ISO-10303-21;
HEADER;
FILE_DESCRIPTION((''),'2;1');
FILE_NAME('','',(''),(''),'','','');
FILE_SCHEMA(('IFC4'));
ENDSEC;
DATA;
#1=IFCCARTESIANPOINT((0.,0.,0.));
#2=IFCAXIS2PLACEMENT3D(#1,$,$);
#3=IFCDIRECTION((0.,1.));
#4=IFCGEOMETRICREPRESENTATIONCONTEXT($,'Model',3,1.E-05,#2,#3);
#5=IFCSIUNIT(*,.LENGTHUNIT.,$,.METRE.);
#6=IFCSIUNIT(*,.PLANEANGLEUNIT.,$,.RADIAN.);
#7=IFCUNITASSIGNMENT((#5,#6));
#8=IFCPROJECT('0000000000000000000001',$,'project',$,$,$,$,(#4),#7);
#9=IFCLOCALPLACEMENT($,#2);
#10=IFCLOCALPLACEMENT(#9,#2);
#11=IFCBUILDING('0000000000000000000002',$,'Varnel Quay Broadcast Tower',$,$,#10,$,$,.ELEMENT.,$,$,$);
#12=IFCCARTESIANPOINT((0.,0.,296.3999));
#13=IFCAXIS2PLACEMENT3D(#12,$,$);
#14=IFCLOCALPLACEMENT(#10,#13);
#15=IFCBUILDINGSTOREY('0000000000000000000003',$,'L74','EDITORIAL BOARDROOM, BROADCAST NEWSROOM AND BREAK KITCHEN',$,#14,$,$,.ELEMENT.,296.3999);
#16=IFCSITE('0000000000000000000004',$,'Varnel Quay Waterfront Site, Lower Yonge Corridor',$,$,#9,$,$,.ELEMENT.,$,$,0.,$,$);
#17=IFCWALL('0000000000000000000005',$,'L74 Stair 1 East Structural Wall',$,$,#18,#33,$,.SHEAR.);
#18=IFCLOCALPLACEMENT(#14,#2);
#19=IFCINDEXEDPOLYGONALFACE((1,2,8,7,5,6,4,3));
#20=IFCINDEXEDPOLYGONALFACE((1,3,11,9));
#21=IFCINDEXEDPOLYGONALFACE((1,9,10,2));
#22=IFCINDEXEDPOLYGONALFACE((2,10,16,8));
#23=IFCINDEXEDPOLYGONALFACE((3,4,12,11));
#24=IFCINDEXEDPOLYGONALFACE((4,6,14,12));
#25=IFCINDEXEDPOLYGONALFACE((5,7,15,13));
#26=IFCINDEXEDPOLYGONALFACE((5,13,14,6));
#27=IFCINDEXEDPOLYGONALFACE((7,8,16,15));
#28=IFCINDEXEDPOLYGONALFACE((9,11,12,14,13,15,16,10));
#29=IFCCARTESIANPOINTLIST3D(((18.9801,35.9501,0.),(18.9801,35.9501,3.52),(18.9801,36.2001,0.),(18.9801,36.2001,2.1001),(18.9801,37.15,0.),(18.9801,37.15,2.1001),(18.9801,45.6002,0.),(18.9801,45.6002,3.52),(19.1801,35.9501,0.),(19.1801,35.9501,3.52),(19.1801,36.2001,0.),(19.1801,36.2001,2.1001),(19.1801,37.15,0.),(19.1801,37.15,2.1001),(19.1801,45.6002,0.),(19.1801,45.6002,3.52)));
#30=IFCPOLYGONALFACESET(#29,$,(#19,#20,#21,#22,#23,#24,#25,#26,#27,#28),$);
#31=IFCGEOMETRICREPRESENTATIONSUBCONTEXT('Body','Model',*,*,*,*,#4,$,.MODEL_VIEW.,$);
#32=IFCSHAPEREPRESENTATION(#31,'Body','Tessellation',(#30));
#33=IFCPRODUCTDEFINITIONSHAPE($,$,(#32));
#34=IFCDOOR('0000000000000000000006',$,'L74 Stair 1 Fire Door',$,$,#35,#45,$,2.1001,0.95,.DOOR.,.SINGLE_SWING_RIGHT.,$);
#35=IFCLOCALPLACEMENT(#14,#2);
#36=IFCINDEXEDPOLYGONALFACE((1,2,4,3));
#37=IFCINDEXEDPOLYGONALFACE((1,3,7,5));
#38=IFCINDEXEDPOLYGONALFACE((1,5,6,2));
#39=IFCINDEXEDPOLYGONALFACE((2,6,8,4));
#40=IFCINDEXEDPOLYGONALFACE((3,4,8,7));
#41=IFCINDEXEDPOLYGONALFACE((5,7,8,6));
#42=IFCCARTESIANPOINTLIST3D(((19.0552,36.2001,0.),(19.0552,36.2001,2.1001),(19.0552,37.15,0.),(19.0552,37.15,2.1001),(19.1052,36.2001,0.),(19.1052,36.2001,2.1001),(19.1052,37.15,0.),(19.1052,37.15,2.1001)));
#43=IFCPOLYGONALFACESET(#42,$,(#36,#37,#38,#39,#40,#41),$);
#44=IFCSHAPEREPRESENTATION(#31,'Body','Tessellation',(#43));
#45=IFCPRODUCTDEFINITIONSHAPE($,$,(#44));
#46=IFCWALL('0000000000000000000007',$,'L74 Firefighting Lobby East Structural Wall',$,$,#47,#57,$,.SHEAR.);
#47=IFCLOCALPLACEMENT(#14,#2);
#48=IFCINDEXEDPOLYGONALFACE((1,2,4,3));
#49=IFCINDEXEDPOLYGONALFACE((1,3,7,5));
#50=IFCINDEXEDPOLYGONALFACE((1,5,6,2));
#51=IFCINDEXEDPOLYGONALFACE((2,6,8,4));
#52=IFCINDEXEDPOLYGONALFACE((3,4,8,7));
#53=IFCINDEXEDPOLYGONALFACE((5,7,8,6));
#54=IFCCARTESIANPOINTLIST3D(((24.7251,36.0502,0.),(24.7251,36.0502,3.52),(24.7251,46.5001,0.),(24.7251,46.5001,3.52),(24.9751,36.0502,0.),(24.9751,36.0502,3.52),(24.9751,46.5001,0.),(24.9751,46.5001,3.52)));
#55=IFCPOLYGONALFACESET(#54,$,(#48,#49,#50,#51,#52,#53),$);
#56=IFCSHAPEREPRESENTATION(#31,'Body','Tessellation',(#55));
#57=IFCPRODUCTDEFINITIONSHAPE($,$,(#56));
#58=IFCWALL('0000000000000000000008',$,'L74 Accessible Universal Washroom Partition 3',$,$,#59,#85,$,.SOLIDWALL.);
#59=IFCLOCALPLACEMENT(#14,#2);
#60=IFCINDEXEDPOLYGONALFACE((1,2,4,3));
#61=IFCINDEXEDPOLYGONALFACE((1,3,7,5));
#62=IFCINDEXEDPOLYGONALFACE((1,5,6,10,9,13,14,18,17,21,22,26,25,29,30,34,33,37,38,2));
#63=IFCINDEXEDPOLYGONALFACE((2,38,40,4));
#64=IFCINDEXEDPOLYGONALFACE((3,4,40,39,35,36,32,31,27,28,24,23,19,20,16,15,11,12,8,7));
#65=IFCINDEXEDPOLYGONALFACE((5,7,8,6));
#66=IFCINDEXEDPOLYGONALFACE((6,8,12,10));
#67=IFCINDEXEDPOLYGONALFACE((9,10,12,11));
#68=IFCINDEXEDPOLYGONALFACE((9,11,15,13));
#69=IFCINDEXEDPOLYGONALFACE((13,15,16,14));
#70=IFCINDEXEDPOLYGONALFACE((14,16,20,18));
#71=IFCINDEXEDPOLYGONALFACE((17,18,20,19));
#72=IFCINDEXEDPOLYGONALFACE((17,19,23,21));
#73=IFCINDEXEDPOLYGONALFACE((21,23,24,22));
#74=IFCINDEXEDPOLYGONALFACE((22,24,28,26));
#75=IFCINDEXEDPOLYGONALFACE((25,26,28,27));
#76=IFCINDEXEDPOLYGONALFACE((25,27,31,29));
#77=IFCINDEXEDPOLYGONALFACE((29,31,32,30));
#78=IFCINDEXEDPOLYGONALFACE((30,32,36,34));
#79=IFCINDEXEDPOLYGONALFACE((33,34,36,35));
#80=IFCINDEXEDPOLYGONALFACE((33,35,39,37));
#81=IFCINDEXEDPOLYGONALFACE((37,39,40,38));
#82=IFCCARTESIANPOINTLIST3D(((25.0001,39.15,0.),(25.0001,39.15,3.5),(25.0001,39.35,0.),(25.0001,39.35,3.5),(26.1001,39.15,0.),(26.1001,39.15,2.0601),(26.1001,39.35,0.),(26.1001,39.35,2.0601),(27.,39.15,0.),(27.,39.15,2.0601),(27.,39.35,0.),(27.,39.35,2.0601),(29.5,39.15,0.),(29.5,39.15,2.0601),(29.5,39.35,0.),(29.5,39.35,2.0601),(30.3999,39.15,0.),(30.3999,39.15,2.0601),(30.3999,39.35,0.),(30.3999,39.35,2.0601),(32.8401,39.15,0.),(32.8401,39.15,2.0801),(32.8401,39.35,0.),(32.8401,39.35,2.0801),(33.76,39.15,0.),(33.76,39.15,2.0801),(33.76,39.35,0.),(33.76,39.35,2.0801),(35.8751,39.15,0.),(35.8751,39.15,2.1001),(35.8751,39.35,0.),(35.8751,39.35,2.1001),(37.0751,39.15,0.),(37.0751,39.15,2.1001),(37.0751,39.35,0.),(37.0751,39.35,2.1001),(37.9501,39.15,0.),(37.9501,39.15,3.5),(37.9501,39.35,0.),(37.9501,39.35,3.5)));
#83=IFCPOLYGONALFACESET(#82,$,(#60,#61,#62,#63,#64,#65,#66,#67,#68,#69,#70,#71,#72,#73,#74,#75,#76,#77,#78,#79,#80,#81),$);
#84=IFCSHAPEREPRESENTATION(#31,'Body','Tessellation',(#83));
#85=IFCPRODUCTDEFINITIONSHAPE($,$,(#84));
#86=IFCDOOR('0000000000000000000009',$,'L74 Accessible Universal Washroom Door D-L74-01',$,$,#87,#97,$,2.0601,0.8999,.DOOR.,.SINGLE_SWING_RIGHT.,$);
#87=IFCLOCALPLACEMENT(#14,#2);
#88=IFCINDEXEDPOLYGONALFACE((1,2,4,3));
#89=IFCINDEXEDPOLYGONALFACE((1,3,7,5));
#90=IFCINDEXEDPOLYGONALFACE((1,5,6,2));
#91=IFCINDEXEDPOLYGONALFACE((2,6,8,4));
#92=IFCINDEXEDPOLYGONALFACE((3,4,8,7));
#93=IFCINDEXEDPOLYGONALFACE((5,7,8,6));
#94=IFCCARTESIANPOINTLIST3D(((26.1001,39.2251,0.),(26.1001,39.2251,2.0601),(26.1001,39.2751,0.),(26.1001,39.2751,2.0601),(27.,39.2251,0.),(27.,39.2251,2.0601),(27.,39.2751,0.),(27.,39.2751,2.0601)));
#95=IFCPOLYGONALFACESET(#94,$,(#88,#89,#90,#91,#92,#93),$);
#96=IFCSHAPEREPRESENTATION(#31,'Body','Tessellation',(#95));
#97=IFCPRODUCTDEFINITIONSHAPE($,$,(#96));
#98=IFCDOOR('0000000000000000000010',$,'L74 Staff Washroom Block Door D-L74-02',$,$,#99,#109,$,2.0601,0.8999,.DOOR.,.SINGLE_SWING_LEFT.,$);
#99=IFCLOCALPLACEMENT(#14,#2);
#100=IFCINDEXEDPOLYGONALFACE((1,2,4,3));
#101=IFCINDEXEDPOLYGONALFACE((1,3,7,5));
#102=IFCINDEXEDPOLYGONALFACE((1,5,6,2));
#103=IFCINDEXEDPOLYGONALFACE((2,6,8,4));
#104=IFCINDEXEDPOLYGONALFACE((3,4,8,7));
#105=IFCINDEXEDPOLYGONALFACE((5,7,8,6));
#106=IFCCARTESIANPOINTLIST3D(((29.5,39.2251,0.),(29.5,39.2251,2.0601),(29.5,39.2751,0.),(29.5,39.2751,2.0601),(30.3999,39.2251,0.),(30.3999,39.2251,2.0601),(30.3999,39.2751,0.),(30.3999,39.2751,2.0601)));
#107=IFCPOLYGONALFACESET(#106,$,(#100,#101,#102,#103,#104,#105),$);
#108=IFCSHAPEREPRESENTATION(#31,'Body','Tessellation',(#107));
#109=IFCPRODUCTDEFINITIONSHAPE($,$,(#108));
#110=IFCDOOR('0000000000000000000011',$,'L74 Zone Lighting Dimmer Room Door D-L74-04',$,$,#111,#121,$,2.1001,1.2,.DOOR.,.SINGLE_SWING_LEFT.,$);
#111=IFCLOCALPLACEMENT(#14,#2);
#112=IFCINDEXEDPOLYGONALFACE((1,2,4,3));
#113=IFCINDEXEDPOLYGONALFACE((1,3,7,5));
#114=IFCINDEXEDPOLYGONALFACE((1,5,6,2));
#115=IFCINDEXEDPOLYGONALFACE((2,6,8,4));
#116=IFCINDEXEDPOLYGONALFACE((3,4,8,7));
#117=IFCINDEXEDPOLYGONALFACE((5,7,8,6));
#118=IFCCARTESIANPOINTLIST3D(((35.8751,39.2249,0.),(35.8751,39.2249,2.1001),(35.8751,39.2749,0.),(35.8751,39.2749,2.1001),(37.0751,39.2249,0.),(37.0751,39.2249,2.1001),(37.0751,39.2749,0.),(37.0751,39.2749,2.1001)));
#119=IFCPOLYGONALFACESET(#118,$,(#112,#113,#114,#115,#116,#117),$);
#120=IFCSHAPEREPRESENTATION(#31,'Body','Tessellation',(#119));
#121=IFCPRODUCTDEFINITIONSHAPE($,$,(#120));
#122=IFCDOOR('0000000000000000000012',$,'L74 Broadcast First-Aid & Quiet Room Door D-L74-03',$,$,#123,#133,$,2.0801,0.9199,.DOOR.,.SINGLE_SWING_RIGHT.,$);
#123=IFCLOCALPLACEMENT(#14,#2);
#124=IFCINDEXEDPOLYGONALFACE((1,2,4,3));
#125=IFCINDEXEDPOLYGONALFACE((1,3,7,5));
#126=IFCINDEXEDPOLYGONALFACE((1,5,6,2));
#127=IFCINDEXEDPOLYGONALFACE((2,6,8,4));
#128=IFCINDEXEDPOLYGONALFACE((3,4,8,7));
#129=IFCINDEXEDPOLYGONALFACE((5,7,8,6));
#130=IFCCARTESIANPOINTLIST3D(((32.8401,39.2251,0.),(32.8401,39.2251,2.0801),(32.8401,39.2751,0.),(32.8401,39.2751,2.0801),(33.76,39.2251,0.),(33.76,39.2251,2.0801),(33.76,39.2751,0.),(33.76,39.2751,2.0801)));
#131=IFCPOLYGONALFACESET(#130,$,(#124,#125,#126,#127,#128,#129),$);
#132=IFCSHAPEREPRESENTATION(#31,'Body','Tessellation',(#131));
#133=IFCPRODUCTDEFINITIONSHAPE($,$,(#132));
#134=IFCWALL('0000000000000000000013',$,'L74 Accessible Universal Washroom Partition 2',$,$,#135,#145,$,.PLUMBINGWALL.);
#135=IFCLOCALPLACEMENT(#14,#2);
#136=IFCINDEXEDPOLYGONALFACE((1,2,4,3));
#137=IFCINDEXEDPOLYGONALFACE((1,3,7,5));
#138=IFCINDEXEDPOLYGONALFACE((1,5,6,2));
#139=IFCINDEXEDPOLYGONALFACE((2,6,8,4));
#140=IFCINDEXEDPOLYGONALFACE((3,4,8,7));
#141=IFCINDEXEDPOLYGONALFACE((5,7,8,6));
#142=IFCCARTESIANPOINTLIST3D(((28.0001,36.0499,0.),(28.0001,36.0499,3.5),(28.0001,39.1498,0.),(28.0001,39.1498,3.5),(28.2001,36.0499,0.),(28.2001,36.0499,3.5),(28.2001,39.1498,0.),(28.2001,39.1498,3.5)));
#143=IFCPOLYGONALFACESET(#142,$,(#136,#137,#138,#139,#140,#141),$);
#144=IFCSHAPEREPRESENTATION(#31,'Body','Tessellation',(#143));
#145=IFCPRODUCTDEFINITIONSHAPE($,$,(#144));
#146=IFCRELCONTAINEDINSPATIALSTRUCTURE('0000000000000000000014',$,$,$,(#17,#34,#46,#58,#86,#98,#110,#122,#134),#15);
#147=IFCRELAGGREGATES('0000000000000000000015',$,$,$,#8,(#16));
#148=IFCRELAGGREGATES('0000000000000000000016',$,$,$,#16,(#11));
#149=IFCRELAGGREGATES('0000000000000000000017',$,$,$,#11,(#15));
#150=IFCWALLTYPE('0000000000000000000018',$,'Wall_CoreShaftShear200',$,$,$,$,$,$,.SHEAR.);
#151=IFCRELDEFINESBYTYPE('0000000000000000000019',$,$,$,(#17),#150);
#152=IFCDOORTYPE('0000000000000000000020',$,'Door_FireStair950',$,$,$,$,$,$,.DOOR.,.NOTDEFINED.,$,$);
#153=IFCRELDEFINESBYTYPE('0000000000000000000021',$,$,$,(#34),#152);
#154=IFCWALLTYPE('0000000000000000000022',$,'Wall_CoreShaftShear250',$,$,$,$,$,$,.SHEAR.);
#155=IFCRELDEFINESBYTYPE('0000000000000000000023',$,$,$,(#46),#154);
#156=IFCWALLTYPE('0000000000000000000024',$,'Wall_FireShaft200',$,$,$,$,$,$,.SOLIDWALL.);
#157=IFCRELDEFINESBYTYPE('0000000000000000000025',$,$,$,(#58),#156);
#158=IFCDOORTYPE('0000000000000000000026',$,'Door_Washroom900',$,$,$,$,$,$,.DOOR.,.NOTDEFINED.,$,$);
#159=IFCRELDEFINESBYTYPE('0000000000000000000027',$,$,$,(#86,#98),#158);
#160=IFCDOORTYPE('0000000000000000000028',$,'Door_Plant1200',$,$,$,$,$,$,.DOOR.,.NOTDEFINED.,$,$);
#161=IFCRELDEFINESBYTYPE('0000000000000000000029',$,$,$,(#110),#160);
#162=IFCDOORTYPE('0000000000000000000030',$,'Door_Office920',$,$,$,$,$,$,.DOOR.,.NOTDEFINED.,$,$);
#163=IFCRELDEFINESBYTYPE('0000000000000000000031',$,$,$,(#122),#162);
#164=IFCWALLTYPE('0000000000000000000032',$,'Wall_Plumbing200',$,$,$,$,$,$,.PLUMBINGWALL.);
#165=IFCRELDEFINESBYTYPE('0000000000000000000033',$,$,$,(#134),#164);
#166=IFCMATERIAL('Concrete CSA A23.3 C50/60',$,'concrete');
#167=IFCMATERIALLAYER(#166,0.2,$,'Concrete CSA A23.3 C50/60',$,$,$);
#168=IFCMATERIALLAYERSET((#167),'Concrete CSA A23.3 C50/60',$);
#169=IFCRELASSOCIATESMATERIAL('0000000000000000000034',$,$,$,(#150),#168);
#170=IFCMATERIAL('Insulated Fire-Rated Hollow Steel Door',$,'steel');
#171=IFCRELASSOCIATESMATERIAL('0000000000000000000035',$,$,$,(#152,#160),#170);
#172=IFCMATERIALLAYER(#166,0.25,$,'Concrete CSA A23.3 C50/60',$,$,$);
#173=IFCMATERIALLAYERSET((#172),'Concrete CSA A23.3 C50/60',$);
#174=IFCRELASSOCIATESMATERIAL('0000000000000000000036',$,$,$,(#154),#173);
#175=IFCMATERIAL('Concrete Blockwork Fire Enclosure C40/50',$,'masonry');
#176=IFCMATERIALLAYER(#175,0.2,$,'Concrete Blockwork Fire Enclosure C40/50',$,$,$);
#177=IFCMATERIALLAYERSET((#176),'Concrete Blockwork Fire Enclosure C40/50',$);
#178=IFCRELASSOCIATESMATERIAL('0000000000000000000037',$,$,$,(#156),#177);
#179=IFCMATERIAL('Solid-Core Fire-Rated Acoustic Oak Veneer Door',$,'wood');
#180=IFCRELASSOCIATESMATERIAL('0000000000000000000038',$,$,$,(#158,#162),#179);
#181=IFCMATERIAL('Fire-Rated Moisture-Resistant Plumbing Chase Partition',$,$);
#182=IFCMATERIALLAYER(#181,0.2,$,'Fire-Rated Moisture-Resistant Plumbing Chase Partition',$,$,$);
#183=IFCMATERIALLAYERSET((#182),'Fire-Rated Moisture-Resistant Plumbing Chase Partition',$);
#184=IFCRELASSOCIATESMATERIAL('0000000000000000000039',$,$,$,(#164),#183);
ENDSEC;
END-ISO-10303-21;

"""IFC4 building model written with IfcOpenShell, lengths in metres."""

from ifc_helpers import new_model, si_unit, direction, frame, frame_2d, origin, place, context, subcontext, project, spatial, rectangle, extrude, source, transform, mapped, material, layer, layer_set, type_object, type_shapes, element, fill, save


model = new_model("IFC4")

# Units and contexts
model_context = context("Model", 3, precision=1e-05, world=origin(), true_north=direction((0.0, 1.0)))
body_context = subcontext(model_context, "Body", "Model", "MODEL_VIEW")
ifc_project = project(units=[si_unit("LENGTHUNIT", "METRE"), si_unit("PLANEANGLEUNIT", "RADIAN")], contexts=[model_context])

# Site, building, storey
site_placement = place(None, origin())
site = spatial("IfcSite", under=ifc_project, at=site_placement, Name="Varnel Quay Waterfront Site, Lower Yonge Corridor", CompositionType="ELEMENT", RefElevation=0.0)
building_placement = place(site_placement, origin())
building = spatial("IfcBuilding", under=site, at=building_placement, Name="Varnel Quay Broadcast Tower", CompositionType="ELEMENT")
storey_placement = place(building_placement, frame((0.0, 0.0, 296.3999)))
storey = spatial("IfcBuildingStorey", under=building, at=storey_placement, Name="L74", Description="EDITORIAL BOARDROOM, BROADCAST NEWSROOM AND BREAK KITCHEN", CompositionType="ELEMENT", Elevation=296.3999)

# Wall, opening, door
ifc_material_1 = material(Name="Concrete CSA A23.3 C50/60", Category="concrete")
ifc_layer_1 = layer(ifc_material_1, 0.2, Name="Concrete CSA A23.3 C50/60")
ifc_layer_set_1 = layer_set([ifc_layer_1], Name="Concrete CSA A23.3 C50/60")
wall_type_1 = type_object("IfcWallType", Name="Wall_CoreShaftShear200", PredefinedType="SHEAR", material=ifc_layer_set_1)
wall_1_placement = place(storey_placement, frame((19.0801, 35.95, 0.0), z_axis=(0.0, 0.0, 1.0), x_axis=(0.0, 1.0, 0.0)))
wall_1 = element("IfcWall", 1, at=wall_1_placement, inside=storey, type_object=wall_type_1, Name="L74 Stair 1 East Structural Wall", PredefinedType="SHEAR", context=body_context, shape_type="SweptSolid", body=[
    extrude(rectangle(XDim=9.6501, YDim=0.2, at=frame_2d((4.8252, 0.0))), origin(), (0.0, 0.0, 1.0), 3.52),
])
opening_1_placement = place(wall_1_placement, frame((0.25, 0.0, 0.0)))
opening_1 = element("IfcOpeningElement", 2, at=opening_1_placement, cuts=wall_1, PredefinedType="OPENING", context=body_context, shape_type="SweptSolid", body=[
    extrude(rectangle(XDim=0.95, YDim=2.1001, at=frame_2d((0.4751, 1.05))), frame((0.0, 0.1099, 0.0), z_axis=(0.0, -1.0, 0.0), x_axis=(1.0, 0.0, 0.0)), (0.0, 0.0, 1.0), 0.22),
])
ifc_material_2 = material(Name="Insulated Fire-Rated Hollow Steel Door", Category="steel")
door_type_1 = type_object("IfcDoorType", Name="Door_FireStair950", OperationType="NOTDEFINED", PredefinedType="DOOR", material=ifc_material_2)
shared_shape_1 = source(origin(), body_context, "Body", "SweptSolid", [
    extrude(rectangle(XDim=0.95, YDim=2.1001, at=frame_2d((0.4751, 1.05))), frame((0.0, 0.0249, 0.0), z_axis=(0.0, -1.0, 0.0), x_axis=(1.0, 0.0, 0.0)), (0.0, 0.0, 1.0), 0.05),
])
type_shapes(door_type_1, [shared_shape_1])
door_1_placement = place(opening_1_placement, origin())
door_1 = element("IfcDoor", 3, at=door_1_placement, inside=storey, type_object=door_type_1, Name="L74 Stair 1 Fire Door", OperationType="SINGLE_SWING_RIGHT", OverallHeight=2.1001, OverallWidth=0.95, PredefinedType="DOOR", context=body_context, shape_type="MappedRepresentation", body=[
    mapped(shared_shape_1, transform((0.0, 0.0, 0.0), x_axis=(1.0, 0.0, 0.0), y_axis=(0.0, 1.0, 0.0), z_axis=(0.0, 0.0, 1.0), scale=1.0)),
])
fill(opening_1, door_1)

# Wall
ifc_layer_2 = layer(ifc_material_1, 0.25, Name="Concrete CSA A23.3 C50/60")
ifc_layer_set_2 = layer_set([ifc_layer_2], Name="Concrete CSA A23.3 C50/60")
wall_type_2 = type_object("IfcWallType", Name="Wall_CoreShaftShear250", PredefinedType="SHEAR", material=ifc_layer_set_2)
wall_2_placement = place(storey_placement, frame((24.8501, 36.05, 0.0), z_axis=(0.0, 0.0, 1.0), x_axis=(0.0, 1.0, 0.0)))
element("IfcWall", 4, at=wall_2_placement, inside=storey, type_object=wall_type_2, Name="L74 Firefighting Lobby East Structural Wall", PredefinedType="SHEAR", context=body_context, shape_type="SweptSolid", body=[
    extrude(rectangle(XDim=10.45, YDim=0.25, at=frame_2d((5.2251, 0.0))), origin(), (0.0, 0.0, 1.0), 3.52),
])

# Wall, openings, doors
ifc_material_3 = material(Name="Concrete Blockwork Fire Enclosure C40/50", Category="masonry")
ifc_layer_3 = layer(ifc_material_3, 0.2, Name="Concrete Blockwork Fire Enclosure C40/50")
ifc_layer_set_3 = layer_set([ifc_layer_3], Name="Concrete Blockwork Fire Enclosure C40/50")
wall_type_3 = type_object("IfcWallType", Name="Wall_FireShaft200", PredefinedType="SOLIDWALL", material=ifc_layer_set_3)
wall_3_placement = place(storey_placement, frame((25.0, 39.25, 0.0), z_axis=(0.0, 0.0, 1.0), x_axis=(1.0, 0.0, 0.0)))
wall_3 = element("IfcWall", 5, at=wall_3_placement, inside=storey, type_object=wall_type_3, Name="L74 Accessible Universal Washroom Partition 3", PredefinedType="SOLIDWALL", context=body_context, shape_type="SweptSolid", body=[
    extrude(rectangle(XDim=12.95, YDim=0.2, at=frame_2d((6.4751, 0.0))), origin(), (0.0, 0.0, 1.0), 3.5),
])
opening_2_placement = place(wall_3_placement, frame((1.1001, 0.0, 0.0)))
opening_2 = element("IfcOpeningElement", 6, at=opening_2_placement, cuts=wall_3, PredefinedType="OPENING", context=body_context, shape_type="SweptSolid", body=[
    extrude(rectangle(XDim=0.8999, YDim=2.0601, at=frame_2d((0.45, 1.03))), frame((0.0, 0.1099, 0.0), z_axis=(0.0, -1.0, 0.0), x_axis=(1.0, 0.0, 0.0)), (0.0, 0.0, 1.0), 0.22),
])
opening_3_placement = place(wall_3_placement, frame((4.5, 0.0, 0.0)))
opening_3 = element("IfcOpeningElement", 7, at=opening_3_placement, cuts=wall_3, PredefinedType="OPENING", context=body_context, shape_type="SweptSolid", body=[
    extrude(rectangle(XDim=0.8999, YDim=2.0601, at=frame_2d((0.45, 1.03))), frame((0.0, 0.1099, 0.0), z_axis=(0.0, -1.0, 0.0), x_axis=(1.0, 0.0, 0.0)), (0.0, 0.0, 1.0), 0.22),
])
opening_4_placement = place(wall_3_placement, frame((7.8401, 0.0, 0.0)))
opening_4 = element("IfcOpeningElement", 8, at=opening_4_placement, cuts=wall_3, PredefinedType="OPENING", context=body_context, shape_type="SweptSolid", body=[
    extrude(rectangle(XDim=0.9199, YDim=2.0801, at=frame_2d((0.46, 1.04))), frame((0.0, 0.1099, 0.0), z_axis=(0.0, -1.0, 0.0), x_axis=(1.0, 0.0, 0.0)), (0.0, 0.0, 1.0), 0.22),
])
opening_5_placement = place(wall_3_placement, frame((10.875, 0.0, 0.0)))
opening_5 = element("IfcOpeningElement", 9, at=opening_5_placement, cuts=wall_3, PredefinedType="OPENING", context=body_context, shape_type="SweptSolid", body=[
    extrude(rectangle(XDim=1.2, YDim=2.1001, at=frame_2d((0.6001, 1.05))), frame((0.0, 0.1099, 0.0), z_axis=(0.0, -1.0, 0.0), x_axis=(1.0, 0.0, 0.0)), (0.0, 0.0, 1.0), 0.22),
])
ifc_material_4 = material(Name="Solid-Core Fire-Rated Acoustic Oak Veneer Door", Category="wood")
door_type_2 = type_object("IfcDoorType", Name="Door_Washroom900", OperationType="NOTDEFINED", PredefinedType="DOOR", material=ifc_material_4)
shared_shape_2 = source(origin(), body_context, "Body", "SweptSolid", [
    extrude(rectangle(XDim=0.8999, YDim=2.0601, at=frame_2d((0.45, 1.03))), frame((0.0, 0.0249, 0.0), z_axis=(0.0, -1.0, 0.0), x_axis=(1.0, 0.0, 0.0)), (0.0, 0.0, 1.0), 0.05),
])
type_shapes(door_type_2, [shared_shape_2])
door_2_placement = place(opening_2_placement, frame((0.8999, 0.0, 0.0), z_axis=(0.0, 0.0, 1.0), x_axis=(-1.0, 0.0, 0.0)))
door_2 = element("IfcDoor", 10, at=door_2_placement, inside=storey, type_object=door_type_2, Name="L74 Accessible Universal Washroom Door D-L74-01", OperationType="SINGLE_SWING_RIGHT", OverallHeight=2.0601, OverallWidth=0.8999, PredefinedType="DOOR", context=body_context, shape_type="MappedRepresentation", body=[
    mapped(shared_shape_2, transform((0.0, 0.0, 0.0), x_axis=(1.0, 0.0, 0.0), y_axis=(0.0, 1.0, 0.0), z_axis=(0.0, 0.0, 1.0), scale=1.0)),
])
fill(opening_2, door_2)
door_3_placement = place(opening_3_placement, frame((0.8999, 0.0, 0.0), z_axis=(0.0, 0.0, 1.0), x_axis=(-1.0, 0.0, 0.0)))
door_3 = element("IfcDoor", 11, at=door_3_placement, inside=storey, type_object=door_type_2, Name="L74 Staff Washroom Block Door D-L74-02", OperationType="SINGLE_SWING_LEFT", OverallHeight=2.0601, OverallWidth=0.8999, PredefinedType="DOOR", context=body_context, shape_type="MappedRepresentation", body=[
    mapped(shared_shape_2, transform((0.0, 0.0, 0.0), x_axis=(1.0, 0.0, 0.0), y_axis=(0.0, 1.0, 0.0), z_axis=(0.0, 0.0, 1.0), scale=1.0)),
])
fill(opening_3, door_3)
door_type_3 = type_object("IfcDoorType", Name="Door_Plant1200", OperationType="NOTDEFINED", PredefinedType="DOOR", material=ifc_material_2)
shared_shape_3 = source(origin(), body_context, "Body", "SweptSolid", [
    extrude(rectangle(XDim=1.2, YDim=2.1001, at=frame_2d((0.6001, 1.05))), frame((0.0, 0.0249, 0.0), z_axis=(0.0, -1.0, 0.0), x_axis=(1.0, 0.0, 0.0)), (0.0, 0.0, 1.0), 0.05),
])
type_shapes(door_type_3, [shared_shape_3])
door_4_placement = place(opening_5_placement, origin())
door_4 = element("IfcDoor", 12, at=door_4_placement, inside=storey, type_object=door_type_3, Name="L74 Zone Lighting Dimmer Room Door D-L74-04", OperationType="SINGLE_SWING_LEFT", OverallHeight=2.1001, OverallWidth=1.2, PredefinedType="DOOR", context=body_context, shape_type="MappedRepresentation", body=[
    mapped(shared_shape_3, transform((0.0, 0.0, 0.0), x_axis=(1.0, 0.0, 0.0), y_axis=(0.0, 1.0, 0.0), z_axis=(0.0, 0.0, 1.0), scale=1.0)),
])
fill(opening_5, door_4)
door_type_4 = type_object("IfcDoorType", Name="Door_Office920", OperationType="NOTDEFINED", PredefinedType="DOOR", material=ifc_material_4)
shared_shape_4 = source(origin(), body_context, "Body", "SweptSolid", [
    extrude(rectangle(XDim=0.9199, YDim=2.0801, at=frame_2d((0.46, 1.04))), frame((0.0, 0.0249, 0.0), z_axis=(0.0, -1.0, 0.0), x_axis=(1.0, 0.0, 0.0)), (0.0, 0.0, 1.0), 0.05),
])
type_shapes(door_type_4, [shared_shape_4])
door_5_placement = place(opening_4_placement, frame((0.9199, 0.0, 0.0), z_axis=(0.0, 0.0, 1.0), x_axis=(-1.0, 0.0, 0.0)))
door_5 = element("IfcDoor", 13, at=door_5_placement, inside=storey, type_object=door_type_4, Name="L74 Broadcast First-Aid & Quiet Room Door D-L74-03", OperationType="SINGLE_SWING_RIGHT", OverallHeight=2.0801, OverallWidth=0.9199, PredefinedType="DOOR", context=body_context, shape_type="MappedRepresentation", body=[
    mapped(shared_shape_4, transform((0.0, 0.0, 0.0), x_axis=(1.0, 0.0, 0.0), y_axis=(0.0, 1.0, 0.0), z_axis=(0.0, 0.0, 1.0), scale=1.0)),
])
fill(opening_4, door_5)

# Wall
ifc_material_5 = material(Name="Fire-Rated Moisture-Resistant Plumbing Chase Partition")
ifc_layer_4 = layer(ifc_material_5, 0.2, Name="Fire-Rated Moisture-Resistant Plumbing Chase Partition")
ifc_layer_set_4 = layer_set([ifc_layer_4], Name="Fire-Rated Moisture-Resistant Plumbing Chase Partition")
wall_type_4 = type_object("IfcWallType", Name="Wall_Plumbing200", PredefinedType="PLUMBINGWALL", material=ifc_layer_set_4)
wall_4_placement = place(storey_placement, frame((28.1001, 36.05, 0.0), z_axis=(0.0, 0.0, 1.0), x_axis=(0.0, 1.0, 0.0)))
element("IfcWall", 14, at=wall_4_placement, inside=storey, type_object=wall_type_4, Name="L74 Accessible Universal Washroom Partition 2", PredefinedType="PLUMBINGWALL", context=body_context, shape_type="SweptSolid", body=[
    extrude(rectangle(XDim=3.0999, YDim=0.2, at=frame_2d((1.5498, 0.0))), origin(), (0.0, 0.0, 1.0), 3.5),
])

save(model, "model.ifc")
